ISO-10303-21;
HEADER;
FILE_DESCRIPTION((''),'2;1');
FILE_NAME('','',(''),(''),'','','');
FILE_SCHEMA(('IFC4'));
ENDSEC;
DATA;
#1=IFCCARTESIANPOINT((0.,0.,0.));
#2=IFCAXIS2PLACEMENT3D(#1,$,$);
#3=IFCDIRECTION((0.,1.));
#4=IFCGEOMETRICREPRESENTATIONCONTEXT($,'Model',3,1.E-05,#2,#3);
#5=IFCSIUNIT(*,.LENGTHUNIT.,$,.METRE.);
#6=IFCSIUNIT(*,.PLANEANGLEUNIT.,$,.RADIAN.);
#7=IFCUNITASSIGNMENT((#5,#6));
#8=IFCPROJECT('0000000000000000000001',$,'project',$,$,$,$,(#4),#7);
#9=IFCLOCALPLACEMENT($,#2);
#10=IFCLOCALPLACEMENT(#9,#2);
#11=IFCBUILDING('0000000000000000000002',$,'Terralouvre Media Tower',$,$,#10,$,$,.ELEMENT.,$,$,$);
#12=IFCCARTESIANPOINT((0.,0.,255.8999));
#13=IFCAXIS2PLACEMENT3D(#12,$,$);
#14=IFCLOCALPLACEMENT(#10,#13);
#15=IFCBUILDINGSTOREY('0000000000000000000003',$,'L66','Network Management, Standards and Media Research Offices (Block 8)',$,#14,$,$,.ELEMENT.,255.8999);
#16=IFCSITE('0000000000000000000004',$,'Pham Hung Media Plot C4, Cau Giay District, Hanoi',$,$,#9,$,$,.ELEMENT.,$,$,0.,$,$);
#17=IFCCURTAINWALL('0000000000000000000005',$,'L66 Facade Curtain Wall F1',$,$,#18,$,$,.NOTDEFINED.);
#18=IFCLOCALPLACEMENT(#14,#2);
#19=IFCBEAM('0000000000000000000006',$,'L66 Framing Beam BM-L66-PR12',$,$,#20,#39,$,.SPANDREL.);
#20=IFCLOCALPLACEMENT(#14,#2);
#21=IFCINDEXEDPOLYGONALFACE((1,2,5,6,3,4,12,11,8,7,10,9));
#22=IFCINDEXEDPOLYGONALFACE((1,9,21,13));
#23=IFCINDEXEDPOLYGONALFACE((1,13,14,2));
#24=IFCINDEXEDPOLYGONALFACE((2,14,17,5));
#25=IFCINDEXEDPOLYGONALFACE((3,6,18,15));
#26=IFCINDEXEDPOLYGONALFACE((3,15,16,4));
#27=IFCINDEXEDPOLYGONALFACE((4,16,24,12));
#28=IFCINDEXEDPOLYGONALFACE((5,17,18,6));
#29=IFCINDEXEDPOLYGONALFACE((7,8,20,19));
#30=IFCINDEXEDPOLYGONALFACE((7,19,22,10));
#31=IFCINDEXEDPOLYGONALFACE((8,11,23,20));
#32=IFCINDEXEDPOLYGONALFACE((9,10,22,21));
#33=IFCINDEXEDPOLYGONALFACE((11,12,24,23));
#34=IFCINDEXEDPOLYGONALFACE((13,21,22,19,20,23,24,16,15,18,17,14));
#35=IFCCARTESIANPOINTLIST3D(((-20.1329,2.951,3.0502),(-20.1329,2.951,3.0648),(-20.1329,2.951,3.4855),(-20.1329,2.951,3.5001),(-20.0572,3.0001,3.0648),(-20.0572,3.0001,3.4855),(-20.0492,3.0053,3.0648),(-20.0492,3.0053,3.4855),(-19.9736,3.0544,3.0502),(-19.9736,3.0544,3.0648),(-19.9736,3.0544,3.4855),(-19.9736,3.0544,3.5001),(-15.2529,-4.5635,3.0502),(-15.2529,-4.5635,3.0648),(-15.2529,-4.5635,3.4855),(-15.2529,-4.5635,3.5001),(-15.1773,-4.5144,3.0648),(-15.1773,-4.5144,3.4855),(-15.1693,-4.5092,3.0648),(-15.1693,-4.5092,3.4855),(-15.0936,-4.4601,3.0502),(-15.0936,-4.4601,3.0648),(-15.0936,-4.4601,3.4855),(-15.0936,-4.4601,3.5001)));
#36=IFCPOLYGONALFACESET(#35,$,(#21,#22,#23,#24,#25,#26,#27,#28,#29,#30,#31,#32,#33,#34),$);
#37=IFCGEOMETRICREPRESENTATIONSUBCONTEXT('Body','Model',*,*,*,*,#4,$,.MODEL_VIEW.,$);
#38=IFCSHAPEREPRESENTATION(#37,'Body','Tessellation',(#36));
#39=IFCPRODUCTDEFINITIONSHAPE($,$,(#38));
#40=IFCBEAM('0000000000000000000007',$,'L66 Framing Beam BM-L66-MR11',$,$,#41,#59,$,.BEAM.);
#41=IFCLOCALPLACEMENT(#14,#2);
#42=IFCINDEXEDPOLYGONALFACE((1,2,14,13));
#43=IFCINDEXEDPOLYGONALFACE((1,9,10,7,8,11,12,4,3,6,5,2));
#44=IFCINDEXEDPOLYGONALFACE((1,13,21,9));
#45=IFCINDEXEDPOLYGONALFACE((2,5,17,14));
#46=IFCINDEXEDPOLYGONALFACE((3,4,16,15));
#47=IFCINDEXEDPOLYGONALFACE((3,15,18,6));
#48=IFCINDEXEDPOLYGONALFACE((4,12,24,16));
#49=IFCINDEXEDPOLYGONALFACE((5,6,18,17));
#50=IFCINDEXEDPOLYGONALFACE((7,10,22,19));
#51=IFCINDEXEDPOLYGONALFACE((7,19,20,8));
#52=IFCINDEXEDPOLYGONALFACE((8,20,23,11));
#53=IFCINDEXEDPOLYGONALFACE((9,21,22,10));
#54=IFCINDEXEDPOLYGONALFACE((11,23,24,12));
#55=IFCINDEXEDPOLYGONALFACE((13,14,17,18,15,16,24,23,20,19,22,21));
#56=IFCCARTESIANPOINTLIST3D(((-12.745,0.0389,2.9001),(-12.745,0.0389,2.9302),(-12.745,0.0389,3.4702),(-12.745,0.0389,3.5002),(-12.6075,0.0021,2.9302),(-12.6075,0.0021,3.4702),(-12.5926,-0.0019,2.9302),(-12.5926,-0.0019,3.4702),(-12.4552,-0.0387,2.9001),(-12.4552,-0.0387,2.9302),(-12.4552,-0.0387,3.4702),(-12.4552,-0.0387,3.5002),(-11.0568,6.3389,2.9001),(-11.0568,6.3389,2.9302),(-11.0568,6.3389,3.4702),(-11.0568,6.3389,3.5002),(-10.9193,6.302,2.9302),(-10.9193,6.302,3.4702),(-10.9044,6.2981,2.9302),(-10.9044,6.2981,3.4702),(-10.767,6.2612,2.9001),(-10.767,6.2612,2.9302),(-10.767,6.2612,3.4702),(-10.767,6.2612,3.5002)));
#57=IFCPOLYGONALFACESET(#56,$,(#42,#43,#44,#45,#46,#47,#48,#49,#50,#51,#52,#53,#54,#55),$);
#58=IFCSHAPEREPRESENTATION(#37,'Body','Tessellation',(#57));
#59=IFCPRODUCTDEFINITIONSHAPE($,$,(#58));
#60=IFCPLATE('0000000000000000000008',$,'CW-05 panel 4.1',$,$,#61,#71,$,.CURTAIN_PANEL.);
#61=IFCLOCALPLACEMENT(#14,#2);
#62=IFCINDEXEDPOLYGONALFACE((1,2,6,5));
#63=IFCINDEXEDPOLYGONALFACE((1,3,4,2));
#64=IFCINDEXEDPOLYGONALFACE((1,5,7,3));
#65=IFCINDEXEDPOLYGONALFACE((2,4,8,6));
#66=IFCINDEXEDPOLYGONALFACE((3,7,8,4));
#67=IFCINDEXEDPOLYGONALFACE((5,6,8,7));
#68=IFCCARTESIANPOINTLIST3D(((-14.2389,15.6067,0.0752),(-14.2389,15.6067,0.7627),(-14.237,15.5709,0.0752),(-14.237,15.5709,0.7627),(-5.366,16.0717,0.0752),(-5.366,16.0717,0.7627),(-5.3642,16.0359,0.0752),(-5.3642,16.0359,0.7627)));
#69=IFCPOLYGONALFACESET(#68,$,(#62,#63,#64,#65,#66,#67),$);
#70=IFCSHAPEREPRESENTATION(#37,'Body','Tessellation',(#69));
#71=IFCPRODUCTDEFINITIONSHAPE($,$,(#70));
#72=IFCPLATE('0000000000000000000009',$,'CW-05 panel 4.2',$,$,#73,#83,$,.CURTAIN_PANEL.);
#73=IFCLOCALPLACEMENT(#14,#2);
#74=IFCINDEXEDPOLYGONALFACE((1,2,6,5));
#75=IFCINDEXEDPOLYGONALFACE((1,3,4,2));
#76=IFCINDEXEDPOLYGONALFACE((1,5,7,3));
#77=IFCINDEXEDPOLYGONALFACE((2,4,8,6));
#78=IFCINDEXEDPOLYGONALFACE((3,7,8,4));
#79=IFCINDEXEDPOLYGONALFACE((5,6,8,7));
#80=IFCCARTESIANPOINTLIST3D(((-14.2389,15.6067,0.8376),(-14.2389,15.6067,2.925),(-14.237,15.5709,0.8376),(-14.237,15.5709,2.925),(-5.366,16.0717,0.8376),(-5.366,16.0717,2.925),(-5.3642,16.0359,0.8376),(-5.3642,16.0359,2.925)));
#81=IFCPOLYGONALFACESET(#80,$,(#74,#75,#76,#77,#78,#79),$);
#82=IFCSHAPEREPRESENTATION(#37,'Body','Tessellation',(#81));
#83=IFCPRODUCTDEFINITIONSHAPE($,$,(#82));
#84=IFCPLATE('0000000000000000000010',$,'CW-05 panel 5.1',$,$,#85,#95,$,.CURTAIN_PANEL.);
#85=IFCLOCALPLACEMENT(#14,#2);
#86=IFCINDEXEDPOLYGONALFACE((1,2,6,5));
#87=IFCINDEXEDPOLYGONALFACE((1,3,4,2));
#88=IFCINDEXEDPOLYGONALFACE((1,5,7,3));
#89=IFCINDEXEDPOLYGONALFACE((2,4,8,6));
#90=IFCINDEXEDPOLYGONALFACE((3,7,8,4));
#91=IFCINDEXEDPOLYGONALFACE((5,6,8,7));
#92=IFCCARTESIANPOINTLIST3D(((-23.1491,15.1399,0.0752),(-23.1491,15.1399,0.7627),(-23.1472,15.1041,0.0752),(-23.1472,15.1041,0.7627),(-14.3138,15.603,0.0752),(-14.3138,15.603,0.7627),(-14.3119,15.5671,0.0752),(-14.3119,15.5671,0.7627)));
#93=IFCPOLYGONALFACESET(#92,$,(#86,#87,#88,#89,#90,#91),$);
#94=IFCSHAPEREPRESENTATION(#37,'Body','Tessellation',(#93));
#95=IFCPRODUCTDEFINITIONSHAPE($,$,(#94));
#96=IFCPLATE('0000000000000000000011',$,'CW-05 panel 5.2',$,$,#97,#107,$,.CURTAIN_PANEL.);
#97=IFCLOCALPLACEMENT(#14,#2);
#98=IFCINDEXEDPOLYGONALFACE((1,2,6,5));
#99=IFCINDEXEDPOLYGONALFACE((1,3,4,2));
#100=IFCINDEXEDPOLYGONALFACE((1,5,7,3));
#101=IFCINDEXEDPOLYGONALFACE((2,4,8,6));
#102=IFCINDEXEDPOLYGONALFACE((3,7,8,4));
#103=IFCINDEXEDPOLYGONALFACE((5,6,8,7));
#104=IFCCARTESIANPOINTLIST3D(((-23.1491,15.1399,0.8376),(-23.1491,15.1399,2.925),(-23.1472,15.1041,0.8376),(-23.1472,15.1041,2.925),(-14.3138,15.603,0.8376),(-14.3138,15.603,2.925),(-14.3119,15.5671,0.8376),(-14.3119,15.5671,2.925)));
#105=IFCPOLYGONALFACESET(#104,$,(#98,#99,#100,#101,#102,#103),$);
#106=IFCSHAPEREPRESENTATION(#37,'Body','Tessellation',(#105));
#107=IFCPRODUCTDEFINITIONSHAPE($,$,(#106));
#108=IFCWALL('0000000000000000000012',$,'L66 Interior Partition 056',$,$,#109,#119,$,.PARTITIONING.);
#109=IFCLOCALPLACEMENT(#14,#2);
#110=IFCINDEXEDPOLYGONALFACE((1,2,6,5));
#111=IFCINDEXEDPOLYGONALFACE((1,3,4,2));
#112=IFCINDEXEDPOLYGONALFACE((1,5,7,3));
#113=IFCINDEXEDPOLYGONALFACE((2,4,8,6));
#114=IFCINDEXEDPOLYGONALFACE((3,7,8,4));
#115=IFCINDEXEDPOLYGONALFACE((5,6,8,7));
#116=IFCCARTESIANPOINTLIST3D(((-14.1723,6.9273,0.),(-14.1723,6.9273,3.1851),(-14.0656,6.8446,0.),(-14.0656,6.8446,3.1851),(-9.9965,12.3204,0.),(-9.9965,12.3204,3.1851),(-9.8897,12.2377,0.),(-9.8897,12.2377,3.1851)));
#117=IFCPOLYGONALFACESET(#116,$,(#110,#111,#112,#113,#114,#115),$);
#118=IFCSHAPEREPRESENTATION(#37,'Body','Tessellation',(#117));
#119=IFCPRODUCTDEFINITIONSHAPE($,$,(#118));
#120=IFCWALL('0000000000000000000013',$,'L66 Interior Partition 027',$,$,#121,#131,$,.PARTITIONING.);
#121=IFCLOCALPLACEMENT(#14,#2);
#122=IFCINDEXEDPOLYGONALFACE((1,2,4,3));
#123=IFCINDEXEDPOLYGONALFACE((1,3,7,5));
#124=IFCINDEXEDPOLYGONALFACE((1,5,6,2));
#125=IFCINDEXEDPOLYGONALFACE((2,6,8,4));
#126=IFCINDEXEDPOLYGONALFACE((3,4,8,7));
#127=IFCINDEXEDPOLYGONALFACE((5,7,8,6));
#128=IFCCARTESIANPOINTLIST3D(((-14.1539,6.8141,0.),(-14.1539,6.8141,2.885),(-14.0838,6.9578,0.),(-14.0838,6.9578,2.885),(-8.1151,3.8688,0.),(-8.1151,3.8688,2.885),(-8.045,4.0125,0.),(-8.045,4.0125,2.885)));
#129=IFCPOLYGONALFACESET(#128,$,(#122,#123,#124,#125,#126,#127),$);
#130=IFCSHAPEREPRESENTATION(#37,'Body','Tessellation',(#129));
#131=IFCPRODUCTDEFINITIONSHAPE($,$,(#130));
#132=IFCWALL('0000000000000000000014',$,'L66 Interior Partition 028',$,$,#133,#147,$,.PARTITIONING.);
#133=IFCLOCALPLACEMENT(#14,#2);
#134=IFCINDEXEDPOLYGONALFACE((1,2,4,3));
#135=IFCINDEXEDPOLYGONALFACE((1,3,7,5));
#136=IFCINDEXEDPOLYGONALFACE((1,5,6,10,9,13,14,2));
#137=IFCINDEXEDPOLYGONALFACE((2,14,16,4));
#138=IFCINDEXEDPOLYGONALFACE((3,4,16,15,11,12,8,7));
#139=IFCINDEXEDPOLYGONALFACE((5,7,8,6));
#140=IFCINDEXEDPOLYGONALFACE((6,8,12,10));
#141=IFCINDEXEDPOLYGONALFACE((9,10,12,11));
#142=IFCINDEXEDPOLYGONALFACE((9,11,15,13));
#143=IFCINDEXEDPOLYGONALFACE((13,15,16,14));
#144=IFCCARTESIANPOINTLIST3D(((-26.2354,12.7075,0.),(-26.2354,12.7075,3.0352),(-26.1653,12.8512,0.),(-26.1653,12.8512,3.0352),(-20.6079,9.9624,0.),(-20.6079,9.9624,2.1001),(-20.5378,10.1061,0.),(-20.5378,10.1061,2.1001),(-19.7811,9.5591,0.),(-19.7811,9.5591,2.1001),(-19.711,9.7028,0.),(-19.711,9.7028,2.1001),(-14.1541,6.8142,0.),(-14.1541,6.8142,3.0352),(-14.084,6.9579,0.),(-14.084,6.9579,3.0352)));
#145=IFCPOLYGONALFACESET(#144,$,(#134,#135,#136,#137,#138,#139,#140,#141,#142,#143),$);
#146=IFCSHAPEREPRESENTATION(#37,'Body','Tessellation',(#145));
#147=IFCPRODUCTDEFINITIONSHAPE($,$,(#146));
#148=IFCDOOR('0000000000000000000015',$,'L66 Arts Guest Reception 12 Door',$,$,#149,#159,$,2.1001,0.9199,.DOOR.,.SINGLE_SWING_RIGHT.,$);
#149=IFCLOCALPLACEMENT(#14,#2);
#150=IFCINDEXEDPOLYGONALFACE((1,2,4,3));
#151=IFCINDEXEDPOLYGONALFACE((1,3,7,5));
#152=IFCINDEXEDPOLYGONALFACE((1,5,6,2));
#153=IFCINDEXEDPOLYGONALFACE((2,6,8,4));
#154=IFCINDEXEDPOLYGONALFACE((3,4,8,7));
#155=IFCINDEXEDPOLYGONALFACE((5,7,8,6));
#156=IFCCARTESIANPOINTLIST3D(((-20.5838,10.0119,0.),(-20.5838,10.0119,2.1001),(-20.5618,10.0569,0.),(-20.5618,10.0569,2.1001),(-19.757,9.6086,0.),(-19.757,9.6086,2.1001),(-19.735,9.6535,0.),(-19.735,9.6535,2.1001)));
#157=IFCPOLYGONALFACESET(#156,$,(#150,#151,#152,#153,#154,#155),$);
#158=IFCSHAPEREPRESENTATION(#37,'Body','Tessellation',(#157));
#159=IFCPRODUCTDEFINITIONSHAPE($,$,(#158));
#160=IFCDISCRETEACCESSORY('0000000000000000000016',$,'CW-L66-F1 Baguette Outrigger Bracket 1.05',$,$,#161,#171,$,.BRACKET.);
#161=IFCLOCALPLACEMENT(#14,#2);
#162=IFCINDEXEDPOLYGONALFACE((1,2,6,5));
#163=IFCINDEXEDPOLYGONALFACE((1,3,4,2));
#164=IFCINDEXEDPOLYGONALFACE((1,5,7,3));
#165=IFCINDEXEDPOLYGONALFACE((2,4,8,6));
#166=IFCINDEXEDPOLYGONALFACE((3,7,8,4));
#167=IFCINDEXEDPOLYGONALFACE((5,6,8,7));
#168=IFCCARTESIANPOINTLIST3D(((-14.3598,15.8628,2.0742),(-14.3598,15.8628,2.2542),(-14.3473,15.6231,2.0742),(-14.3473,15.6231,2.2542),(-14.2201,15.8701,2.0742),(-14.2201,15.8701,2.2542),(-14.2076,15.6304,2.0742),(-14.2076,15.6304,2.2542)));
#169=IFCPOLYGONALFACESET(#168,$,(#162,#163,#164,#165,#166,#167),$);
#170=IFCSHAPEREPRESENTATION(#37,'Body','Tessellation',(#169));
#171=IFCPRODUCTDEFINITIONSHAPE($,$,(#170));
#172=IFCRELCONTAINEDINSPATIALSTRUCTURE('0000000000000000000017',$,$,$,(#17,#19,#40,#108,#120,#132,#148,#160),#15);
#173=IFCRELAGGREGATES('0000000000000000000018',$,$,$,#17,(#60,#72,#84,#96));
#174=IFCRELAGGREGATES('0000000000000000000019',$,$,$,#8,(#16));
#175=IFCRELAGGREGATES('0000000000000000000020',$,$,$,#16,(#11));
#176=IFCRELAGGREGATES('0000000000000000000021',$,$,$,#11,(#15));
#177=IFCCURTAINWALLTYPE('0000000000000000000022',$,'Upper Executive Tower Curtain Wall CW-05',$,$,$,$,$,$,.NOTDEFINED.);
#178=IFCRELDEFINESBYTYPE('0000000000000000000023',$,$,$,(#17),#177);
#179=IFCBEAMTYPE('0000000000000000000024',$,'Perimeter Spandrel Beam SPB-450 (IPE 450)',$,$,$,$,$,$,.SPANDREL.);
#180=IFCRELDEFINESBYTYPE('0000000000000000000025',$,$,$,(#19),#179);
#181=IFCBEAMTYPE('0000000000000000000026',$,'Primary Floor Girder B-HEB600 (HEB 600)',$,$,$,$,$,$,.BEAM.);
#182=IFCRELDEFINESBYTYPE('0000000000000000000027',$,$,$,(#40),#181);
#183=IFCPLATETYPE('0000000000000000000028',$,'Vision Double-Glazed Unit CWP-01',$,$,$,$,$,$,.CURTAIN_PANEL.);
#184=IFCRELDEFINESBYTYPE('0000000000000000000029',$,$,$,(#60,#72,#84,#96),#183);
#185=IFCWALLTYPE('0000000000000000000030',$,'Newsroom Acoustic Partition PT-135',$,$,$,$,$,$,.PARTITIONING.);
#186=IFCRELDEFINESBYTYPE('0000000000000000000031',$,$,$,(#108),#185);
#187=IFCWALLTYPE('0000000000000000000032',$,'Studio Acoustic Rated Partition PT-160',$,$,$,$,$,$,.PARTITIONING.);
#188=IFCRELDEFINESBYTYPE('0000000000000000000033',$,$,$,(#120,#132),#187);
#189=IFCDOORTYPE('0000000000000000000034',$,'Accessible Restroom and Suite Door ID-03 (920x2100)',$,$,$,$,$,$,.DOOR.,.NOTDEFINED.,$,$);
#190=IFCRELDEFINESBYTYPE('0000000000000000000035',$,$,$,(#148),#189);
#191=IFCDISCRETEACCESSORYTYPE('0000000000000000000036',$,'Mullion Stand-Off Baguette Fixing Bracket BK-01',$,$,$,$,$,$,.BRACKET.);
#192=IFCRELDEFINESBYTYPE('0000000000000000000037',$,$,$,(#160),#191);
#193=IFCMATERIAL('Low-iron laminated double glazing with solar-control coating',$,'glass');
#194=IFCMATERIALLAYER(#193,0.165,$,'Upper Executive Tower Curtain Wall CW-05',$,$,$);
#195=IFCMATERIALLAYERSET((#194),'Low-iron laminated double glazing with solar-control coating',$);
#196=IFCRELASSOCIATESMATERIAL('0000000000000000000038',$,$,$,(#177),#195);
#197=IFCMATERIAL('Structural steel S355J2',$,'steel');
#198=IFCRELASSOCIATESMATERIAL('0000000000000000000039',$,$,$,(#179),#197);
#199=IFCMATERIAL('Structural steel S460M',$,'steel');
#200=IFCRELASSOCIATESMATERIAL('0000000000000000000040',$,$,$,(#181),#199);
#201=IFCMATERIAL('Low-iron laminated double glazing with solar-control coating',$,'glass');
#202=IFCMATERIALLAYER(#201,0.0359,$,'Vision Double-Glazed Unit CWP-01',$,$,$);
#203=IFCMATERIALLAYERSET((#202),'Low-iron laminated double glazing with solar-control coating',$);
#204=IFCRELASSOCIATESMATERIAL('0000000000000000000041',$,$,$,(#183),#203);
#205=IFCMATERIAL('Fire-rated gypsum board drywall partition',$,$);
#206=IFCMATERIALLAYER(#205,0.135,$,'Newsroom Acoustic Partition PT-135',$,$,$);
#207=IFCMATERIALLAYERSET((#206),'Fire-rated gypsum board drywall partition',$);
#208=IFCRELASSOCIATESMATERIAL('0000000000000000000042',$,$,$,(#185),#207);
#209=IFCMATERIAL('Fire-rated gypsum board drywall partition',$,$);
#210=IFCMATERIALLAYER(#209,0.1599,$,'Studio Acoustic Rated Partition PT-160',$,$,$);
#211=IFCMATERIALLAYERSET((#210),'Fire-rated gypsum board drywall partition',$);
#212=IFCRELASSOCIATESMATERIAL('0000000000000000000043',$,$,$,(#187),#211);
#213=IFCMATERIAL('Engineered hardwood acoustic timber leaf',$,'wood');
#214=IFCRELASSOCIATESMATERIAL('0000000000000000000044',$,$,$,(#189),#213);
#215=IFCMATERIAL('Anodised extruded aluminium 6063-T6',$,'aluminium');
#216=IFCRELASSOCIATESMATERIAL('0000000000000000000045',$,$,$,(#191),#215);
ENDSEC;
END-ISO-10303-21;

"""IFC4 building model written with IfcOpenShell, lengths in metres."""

from ifc_helpers import new_model, si_unit, direction, frame, frame_2d, origin, origin_2d, place, context, subcontext, project, spatial, rectangle, i_section, extrude, material, layer, layer_set, material_profile, profile_set, type_object, element, fill, aggregate, save


model = new_model("IFC4")

# Units and contexts
model_context = context("Model", 3, precision=1e-05, world=origin(), true_north=direction((0.0, 1.0)))
body_context = subcontext(model_context, "Body", "Model", "MODEL_VIEW")
ifc_project = project(units=[si_unit("LENGTHUNIT", "METRE"), si_unit("PLANEANGLEUNIT", "RADIAN")], contexts=[model_context])

# Site, building, storey
site_placement = place(None, origin())
site = spatial("IfcSite", under=ifc_project, at=site_placement, Name="Pham Hung Media Plot C4, Cau Giay District, Hanoi", CompositionType="ELEMENT", RefElevation=0.0)
building_placement = place(site_placement, origin())
building = spatial("IfcBuilding", under=site, at=building_placement, Name="Terralouvre Media Tower", CompositionType="ELEMENT")
storey_placement = place(building_placement, frame((0.0, 0.0, 255.8999)))
storey = spatial("IfcBuildingStorey", under=building, at=storey_placement, Name="L66", Description="Network Management, Standards and Media Research Offices (Block 8)", CompositionType="ELEMENT", Elevation=255.8999)

# Curtain wall
ifc_material_1 = material(Name="Low-iron laminated double glazing with solar-control coating", Category="glass")
ifc_layer_1 = layer(ifc_material_1, 0.165, Name="Upper Executive Tower Curtain Wall CW-05")
ifc_layer_set_1 = layer_set([ifc_layer_1], Name="Low-iron laminated double glazing with solar-control coating")
curtain_wall_type = type_object("IfcCurtainWallType", Name="Upper Executive Tower Curtain Wall CW-05", PredefinedType="NOTDEFINED", material=ifc_layer_set_1)
curtain_wall_1_placement = place(storey_placement, origin())
curtain_wall_1 = element("IfcCurtainWall", 1, at=curtain_wall_1_placement, inside=storey, type_object=curtain_wall_type, Name="L66 Facade Curtain Wall F1", PredefinedType="NOTDEFINED")

# Beams
ifc_material_2 = material(Name="Structural steel S355J2", Category="steel")
ifc_material_profile_1 = material_profile(ifc_material_2, i_section(OverallWidth=0.1899, OverallDepth=0.45, WebThickness=0.0095, FlangeThickness=0.0146, at=origin_2d()), Name="IPE 450")
ifc_profile_set_1 = profile_set([ifc_material_profile_1], Name="Structural steel S355J2")
beam_type_1 = type_object("IfcBeamType", Name="Perimeter Spandrel Beam SPB-450 (IPE 450)", PredefinedType="SPANDREL", material=ifc_profile_set_1)
beam_1_placement = place(storey_placement, frame((-20.0532, 3.0027, 3.2751), z_axis=(0.544637, -0.838672, 0.0), x_axis=(0.838672, 0.544637, 0.0)))
element("IfcBeam", 2, at=beam_1_placement, inside=storey, type_object=beam_type_1, Name="L66 Framing Beam BM-L66-PR12", PredefinedType="SPANDREL", context=body_context, shape_type="SweptSolid", body=[
    extrude(i_section(OverallWidth=0.1899, OverallDepth=0.45, WebThickness=0.0095, FlangeThickness=0.0146, at=origin_2d()), origin(), (0.0, 0.0, 1.0), 8.96),
])
ifc_material_3 = material(Name="Structural steel S460M", Category="steel")
ifc_material_profile_2 = material_profile(ifc_material_3, i_section(OverallWidth=0.3, OverallDepth=0.6001, WebThickness=0.0154, FlangeThickness=0.03, at=origin_2d()), Name="HEB 600")
ifc_profile_set_2 = profile_set([ifc_material_profile_2], Name="Structural steel S460M")
beam_type_2 = type_object("IfcBeamType", Name="Primary Floor Girder B-HEB600 (HEB 600)", PredefinedType="BEAM", material=ifc_profile_set_2)
beam_2_placement = place(storey_placement, frame((-10.9119, 6.3, 3.2002), z_axis=(-0.258839, -0.96592, 0.0), x_axis=(0.96592, -0.258839, 0.0)))
element("IfcBeam", 3, at=beam_2_placement, inside=storey, type_object=beam_type_2, Name="L66 Framing Beam BM-L66-MR11", PredefinedType="BEAM", context=body_context, shape_type="SweptSolid", body=[
    extrude(i_section(OverallWidth=0.3, OverallDepth=0.6001, WebThickness=0.0154, FlangeThickness=0.03, at=origin_2d()), origin(), (0.0, 0.0, 1.0), 6.5222),
])

# Plates
ifc_material_4 = material(Name="Low-iron laminated double glazing with solar-control coating", Category="glass")
ifc_layer_2 = layer(ifc_material_4, 0.0359, Name="Vision Double-Glazed Unit CWP-01")
ifc_layer_set_2 = layer_set([ifc_layer_2], Name="Low-iron laminated double glazing with solar-control coating")
plate_type = type_object("IfcPlateType", Name="Vision Double-Glazed Unit CWP-01", PredefinedType="CURTAIN_PANEL", material=ifc_layer_set_2)
plate_1_placement = place(storey_placement, frame((-9.8015, 15.8213, 0.0752), z_axis=(0.0, 0.0, 1.0), x_axis=(-0.99863, -0.052336, 0.0)))
plate_1 = element("IfcPlate", 4, at=plate_1_placement, type_object=plate_type, Name="CW-05 panel 4.1", PredefinedType="CURTAIN_PANEL", context=body_context, shape_type="SweptSolid", body=[
    extrude(rectangle(XDim=8.885, YDim=0.0359, at=origin_2d()), origin(), (0.0, 0.0, 1.0), 0.6875),
])
plate_2_placement = place(storey_placement, frame((-9.8015, 15.8213, 0.8376), z_axis=(0.0, 0.0, 1.0), x_axis=(-0.99863, -0.052336, 0.0)))
plate_2 = element("IfcPlate", 5, at=plate_2_placement, type_object=plate_type, Name="CW-05 panel 4.2", PredefinedType="CURTAIN_PANEL", context=body_context, shape_type="SweptSolid", body=[
    extrude(rectangle(XDim=8.885, YDim=0.0359, at=origin_2d()), origin(), (0.0, 0.0, 1.0), 2.0874),
])
plate_3_placement = place(storey_placement, frame((-18.7305, 15.3535, 0.0752), z_axis=(0.0, 0.0, 1.0), x_axis=(-0.99863, -0.052336, 0.0)))
plate_3 = element("IfcPlate", 6, at=plate_3_placement, type_object=plate_type, Name="CW-05 panel 5.1", PredefinedType="CURTAIN_PANEL", context=body_context, shape_type="SweptSolid", body=[
    extrude(rectangle(XDim=8.8474, YDim=0.0359, at=origin_2d()), origin(), (0.0, 0.0, 1.0), 0.6875),
])
plate_4_placement = place(storey_placement, frame((-18.7305, 15.3535, 0.8376), z_axis=(0.0, 0.0, 1.0), x_axis=(-0.99863, -0.052336, 0.0)))
plate_4 = element("IfcPlate", 7, at=plate_4_placement, type_object=plate_type, Name="CW-05 panel 5.2", PredefinedType="CURTAIN_PANEL", context=body_context, shape_type="SweptSolid", body=[
    extrude(rectangle(XDim=8.8474, YDim=0.0359, at=origin_2d()), origin(), (0.0, 0.0, 1.0), 2.0874),
])
aggregate(curtain_wall_1, [plate_1, plate_2, plate_3, plate_4])

# Walls
ifc_material_5 = material(Name="Fire-rated gypsum board drywall partition")
ifc_layer_3 = layer(ifc_material_5, 0.135, Name="Newsroom Acoustic Partition PT-135")
ifc_layer_set_3 = layer_set([ifc_layer_3], Name="Fire-rated gypsum board drywall partition")
wall_type_1 = type_object("IfcWallType", Name="Newsroom Acoustic Partition PT-135", PredefinedType="PARTITIONING", material=ifc_layer_set_3)
wall_1_placement = place(storey_placement, frame((-9.9431, 12.2791, 0.0), z_axis=(0.0, 0.0, 1.0), x_axis=(-0.612219, -0.790688, 0.0)))
element("IfcWall", 8, at=wall_1_placement, inside=storey, type_object=wall_type_1, Name="L66 Interior Partition 056", PredefinedType="PARTITIONING", context=body_context, shape_type="SweptSolid", body=[
    extrude(rectangle(XDim=6.8208, YDim=0.135, at=frame_2d((3.4104, 0.0))), origin(), (0.0, 0.0, 1.0), 3.1851),
])
ifc_material_6 = material(Name="Fire-rated gypsum board drywall partition")
ifc_layer_4 = layer(ifc_material_6, 0.1599, Name="Studio Acoustic Rated Partition PT-160")
ifc_layer_set_4 = layer_set([ifc_layer_4], Name="Fire-rated gypsum board drywall partition")
wall_type_2 = type_object("IfcWallType", Name="Studio Acoustic Rated Partition PT-160", PredefinedType="PARTITIONING", material=ifc_layer_set_4)
wall_2_placement = place(storey_placement, frame((-8.0801, 3.9407, 0.0), z_axis=(0.0, 0.0, 1.0), x_axis=(-0.898795, 0.438369, 0.0)))
element("IfcWall", 9, at=wall_2_placement, inside=storey, type_object=wall_type_2, Name="L66 Interior Partition 027", PredefinedType="PARTITIONING", context=body_context, shape_type="SweptSolid", body=[
    extrude(rectangle(XDim=6.7188, YDim=0.1599, at=frame_2d((3.3594, 0.0))), origin(), (0.0, 0.0, 1.0), 2.885),
])

# Wall, opening, door
wall_3_placement = place(storey_placement, frame((-14.1189, 6.886, 0.0), z_axis=(0.0, 0.0, 1.0), x_axis=(-0.898769, 0.438423, 0.0)))
wall_3 = element("IfcWall", 10, at=wall_3_placement, inside=storey, type_object=wall_type_2, Name="L66 Interior Partition 028", PredefinedType="PARTITIONING", context=body_context, shape_type="SweptSolid", body=[
    extrude(rectangle(XDim=13.4421, YDim=0.1599, at=frame_2d((6.7212, 0.0))), origin(), (0.0, 0.0, 1.0), 3.0352),
])
opening_placement = place(wall_3_placement, frame((6.261, 0.0, 0.0)))
opening = element("IfcOpeningElement", 11, at=opening_placement, cuts=wall_3, PredefinedType="OPENING", context=body_context, shape_type="SweptSolid", body=[
    extrude(rectangle(XDim=0.9199, YDim=2.1001, at=frame_2d((0.46, 1.05))), frame((0.0, 0.0898, 0.0), z_axis=(0.0, -1.0, 0.0), x_axis=(1.0, 0.0, 0.0)), (0.0, 0.0, 1.0), 0.1799),
])
ifc_material_7 = material(Name="Engineered hardwood acoustic timber leaf", Category="wood")
door_type = type_object("IfcDoorType", Name="Accessible Restroom and Suite Door ID-03 (920x2100)", OperationType="NOTDEFINED", PredefinedType="DOOR", material=ifc_material_7)
door_placement = place(opening_placement, origin())
door = element("IfcDoor", 12, at=door_placement, inside=storey, type_object=door_type, Name="L66 Arts Guest Reception 12 Door", OperationType="SINGLE_SWING_RIGHT", OverallHeight=2.1001, OverallWidth=0.9199, PredefinedType="DOOR", context=body_context, shape_type="SweptSolid", body=[
    extrude(rectangle(XDim=0.9199, YDim=2.1001, at=frame_2d((0.46, 1.05))), frame((0.0, 0.0249, 0.0), z_axis=(0.0, -1.0, 0.0), x_axis=(1.0, 0.0, 0.0)), (0.0, 0.0, 1.0), 0.05),
])
fill(opening, door)

# Discrete accessory
ifc_material_8 = material(Name="Anodised extruded aluminium 6063-T6", Category="aluminium")
discrete_accessory_type = type_object("IfcDiscreteAccessoryType", Name="Mullion Stand-Off Baguette Fixing Bracket BK-01", PredefinedType="BRACKET", material=ifc_material_8)
discrete_accessory_placement = place(storey_placement, frame((-14.2837, 15.7466, 2.0742), z_axis=(0.0, 0.0, 1.0), x_axis=(-0.99863, -0.052336, 0.0)))
element("IfcDiscreteAccessory", 13, at=discrete_accessory_placement, inside=storey, type_object=discrete_accessory_type, Name="CW-L66-F1 Baguette Outrigger Bracket 1.05", PredefinedType="BRACKET", context=body_context, shape_type="SweptSolid", body=[
    extrude(rectangle(XDim=0.1399, YDim=0.24, at=origin_2d()), origin(), (0.0, 0.0, 1.0), 0.1799),
])

save(model, "model.ifc")
